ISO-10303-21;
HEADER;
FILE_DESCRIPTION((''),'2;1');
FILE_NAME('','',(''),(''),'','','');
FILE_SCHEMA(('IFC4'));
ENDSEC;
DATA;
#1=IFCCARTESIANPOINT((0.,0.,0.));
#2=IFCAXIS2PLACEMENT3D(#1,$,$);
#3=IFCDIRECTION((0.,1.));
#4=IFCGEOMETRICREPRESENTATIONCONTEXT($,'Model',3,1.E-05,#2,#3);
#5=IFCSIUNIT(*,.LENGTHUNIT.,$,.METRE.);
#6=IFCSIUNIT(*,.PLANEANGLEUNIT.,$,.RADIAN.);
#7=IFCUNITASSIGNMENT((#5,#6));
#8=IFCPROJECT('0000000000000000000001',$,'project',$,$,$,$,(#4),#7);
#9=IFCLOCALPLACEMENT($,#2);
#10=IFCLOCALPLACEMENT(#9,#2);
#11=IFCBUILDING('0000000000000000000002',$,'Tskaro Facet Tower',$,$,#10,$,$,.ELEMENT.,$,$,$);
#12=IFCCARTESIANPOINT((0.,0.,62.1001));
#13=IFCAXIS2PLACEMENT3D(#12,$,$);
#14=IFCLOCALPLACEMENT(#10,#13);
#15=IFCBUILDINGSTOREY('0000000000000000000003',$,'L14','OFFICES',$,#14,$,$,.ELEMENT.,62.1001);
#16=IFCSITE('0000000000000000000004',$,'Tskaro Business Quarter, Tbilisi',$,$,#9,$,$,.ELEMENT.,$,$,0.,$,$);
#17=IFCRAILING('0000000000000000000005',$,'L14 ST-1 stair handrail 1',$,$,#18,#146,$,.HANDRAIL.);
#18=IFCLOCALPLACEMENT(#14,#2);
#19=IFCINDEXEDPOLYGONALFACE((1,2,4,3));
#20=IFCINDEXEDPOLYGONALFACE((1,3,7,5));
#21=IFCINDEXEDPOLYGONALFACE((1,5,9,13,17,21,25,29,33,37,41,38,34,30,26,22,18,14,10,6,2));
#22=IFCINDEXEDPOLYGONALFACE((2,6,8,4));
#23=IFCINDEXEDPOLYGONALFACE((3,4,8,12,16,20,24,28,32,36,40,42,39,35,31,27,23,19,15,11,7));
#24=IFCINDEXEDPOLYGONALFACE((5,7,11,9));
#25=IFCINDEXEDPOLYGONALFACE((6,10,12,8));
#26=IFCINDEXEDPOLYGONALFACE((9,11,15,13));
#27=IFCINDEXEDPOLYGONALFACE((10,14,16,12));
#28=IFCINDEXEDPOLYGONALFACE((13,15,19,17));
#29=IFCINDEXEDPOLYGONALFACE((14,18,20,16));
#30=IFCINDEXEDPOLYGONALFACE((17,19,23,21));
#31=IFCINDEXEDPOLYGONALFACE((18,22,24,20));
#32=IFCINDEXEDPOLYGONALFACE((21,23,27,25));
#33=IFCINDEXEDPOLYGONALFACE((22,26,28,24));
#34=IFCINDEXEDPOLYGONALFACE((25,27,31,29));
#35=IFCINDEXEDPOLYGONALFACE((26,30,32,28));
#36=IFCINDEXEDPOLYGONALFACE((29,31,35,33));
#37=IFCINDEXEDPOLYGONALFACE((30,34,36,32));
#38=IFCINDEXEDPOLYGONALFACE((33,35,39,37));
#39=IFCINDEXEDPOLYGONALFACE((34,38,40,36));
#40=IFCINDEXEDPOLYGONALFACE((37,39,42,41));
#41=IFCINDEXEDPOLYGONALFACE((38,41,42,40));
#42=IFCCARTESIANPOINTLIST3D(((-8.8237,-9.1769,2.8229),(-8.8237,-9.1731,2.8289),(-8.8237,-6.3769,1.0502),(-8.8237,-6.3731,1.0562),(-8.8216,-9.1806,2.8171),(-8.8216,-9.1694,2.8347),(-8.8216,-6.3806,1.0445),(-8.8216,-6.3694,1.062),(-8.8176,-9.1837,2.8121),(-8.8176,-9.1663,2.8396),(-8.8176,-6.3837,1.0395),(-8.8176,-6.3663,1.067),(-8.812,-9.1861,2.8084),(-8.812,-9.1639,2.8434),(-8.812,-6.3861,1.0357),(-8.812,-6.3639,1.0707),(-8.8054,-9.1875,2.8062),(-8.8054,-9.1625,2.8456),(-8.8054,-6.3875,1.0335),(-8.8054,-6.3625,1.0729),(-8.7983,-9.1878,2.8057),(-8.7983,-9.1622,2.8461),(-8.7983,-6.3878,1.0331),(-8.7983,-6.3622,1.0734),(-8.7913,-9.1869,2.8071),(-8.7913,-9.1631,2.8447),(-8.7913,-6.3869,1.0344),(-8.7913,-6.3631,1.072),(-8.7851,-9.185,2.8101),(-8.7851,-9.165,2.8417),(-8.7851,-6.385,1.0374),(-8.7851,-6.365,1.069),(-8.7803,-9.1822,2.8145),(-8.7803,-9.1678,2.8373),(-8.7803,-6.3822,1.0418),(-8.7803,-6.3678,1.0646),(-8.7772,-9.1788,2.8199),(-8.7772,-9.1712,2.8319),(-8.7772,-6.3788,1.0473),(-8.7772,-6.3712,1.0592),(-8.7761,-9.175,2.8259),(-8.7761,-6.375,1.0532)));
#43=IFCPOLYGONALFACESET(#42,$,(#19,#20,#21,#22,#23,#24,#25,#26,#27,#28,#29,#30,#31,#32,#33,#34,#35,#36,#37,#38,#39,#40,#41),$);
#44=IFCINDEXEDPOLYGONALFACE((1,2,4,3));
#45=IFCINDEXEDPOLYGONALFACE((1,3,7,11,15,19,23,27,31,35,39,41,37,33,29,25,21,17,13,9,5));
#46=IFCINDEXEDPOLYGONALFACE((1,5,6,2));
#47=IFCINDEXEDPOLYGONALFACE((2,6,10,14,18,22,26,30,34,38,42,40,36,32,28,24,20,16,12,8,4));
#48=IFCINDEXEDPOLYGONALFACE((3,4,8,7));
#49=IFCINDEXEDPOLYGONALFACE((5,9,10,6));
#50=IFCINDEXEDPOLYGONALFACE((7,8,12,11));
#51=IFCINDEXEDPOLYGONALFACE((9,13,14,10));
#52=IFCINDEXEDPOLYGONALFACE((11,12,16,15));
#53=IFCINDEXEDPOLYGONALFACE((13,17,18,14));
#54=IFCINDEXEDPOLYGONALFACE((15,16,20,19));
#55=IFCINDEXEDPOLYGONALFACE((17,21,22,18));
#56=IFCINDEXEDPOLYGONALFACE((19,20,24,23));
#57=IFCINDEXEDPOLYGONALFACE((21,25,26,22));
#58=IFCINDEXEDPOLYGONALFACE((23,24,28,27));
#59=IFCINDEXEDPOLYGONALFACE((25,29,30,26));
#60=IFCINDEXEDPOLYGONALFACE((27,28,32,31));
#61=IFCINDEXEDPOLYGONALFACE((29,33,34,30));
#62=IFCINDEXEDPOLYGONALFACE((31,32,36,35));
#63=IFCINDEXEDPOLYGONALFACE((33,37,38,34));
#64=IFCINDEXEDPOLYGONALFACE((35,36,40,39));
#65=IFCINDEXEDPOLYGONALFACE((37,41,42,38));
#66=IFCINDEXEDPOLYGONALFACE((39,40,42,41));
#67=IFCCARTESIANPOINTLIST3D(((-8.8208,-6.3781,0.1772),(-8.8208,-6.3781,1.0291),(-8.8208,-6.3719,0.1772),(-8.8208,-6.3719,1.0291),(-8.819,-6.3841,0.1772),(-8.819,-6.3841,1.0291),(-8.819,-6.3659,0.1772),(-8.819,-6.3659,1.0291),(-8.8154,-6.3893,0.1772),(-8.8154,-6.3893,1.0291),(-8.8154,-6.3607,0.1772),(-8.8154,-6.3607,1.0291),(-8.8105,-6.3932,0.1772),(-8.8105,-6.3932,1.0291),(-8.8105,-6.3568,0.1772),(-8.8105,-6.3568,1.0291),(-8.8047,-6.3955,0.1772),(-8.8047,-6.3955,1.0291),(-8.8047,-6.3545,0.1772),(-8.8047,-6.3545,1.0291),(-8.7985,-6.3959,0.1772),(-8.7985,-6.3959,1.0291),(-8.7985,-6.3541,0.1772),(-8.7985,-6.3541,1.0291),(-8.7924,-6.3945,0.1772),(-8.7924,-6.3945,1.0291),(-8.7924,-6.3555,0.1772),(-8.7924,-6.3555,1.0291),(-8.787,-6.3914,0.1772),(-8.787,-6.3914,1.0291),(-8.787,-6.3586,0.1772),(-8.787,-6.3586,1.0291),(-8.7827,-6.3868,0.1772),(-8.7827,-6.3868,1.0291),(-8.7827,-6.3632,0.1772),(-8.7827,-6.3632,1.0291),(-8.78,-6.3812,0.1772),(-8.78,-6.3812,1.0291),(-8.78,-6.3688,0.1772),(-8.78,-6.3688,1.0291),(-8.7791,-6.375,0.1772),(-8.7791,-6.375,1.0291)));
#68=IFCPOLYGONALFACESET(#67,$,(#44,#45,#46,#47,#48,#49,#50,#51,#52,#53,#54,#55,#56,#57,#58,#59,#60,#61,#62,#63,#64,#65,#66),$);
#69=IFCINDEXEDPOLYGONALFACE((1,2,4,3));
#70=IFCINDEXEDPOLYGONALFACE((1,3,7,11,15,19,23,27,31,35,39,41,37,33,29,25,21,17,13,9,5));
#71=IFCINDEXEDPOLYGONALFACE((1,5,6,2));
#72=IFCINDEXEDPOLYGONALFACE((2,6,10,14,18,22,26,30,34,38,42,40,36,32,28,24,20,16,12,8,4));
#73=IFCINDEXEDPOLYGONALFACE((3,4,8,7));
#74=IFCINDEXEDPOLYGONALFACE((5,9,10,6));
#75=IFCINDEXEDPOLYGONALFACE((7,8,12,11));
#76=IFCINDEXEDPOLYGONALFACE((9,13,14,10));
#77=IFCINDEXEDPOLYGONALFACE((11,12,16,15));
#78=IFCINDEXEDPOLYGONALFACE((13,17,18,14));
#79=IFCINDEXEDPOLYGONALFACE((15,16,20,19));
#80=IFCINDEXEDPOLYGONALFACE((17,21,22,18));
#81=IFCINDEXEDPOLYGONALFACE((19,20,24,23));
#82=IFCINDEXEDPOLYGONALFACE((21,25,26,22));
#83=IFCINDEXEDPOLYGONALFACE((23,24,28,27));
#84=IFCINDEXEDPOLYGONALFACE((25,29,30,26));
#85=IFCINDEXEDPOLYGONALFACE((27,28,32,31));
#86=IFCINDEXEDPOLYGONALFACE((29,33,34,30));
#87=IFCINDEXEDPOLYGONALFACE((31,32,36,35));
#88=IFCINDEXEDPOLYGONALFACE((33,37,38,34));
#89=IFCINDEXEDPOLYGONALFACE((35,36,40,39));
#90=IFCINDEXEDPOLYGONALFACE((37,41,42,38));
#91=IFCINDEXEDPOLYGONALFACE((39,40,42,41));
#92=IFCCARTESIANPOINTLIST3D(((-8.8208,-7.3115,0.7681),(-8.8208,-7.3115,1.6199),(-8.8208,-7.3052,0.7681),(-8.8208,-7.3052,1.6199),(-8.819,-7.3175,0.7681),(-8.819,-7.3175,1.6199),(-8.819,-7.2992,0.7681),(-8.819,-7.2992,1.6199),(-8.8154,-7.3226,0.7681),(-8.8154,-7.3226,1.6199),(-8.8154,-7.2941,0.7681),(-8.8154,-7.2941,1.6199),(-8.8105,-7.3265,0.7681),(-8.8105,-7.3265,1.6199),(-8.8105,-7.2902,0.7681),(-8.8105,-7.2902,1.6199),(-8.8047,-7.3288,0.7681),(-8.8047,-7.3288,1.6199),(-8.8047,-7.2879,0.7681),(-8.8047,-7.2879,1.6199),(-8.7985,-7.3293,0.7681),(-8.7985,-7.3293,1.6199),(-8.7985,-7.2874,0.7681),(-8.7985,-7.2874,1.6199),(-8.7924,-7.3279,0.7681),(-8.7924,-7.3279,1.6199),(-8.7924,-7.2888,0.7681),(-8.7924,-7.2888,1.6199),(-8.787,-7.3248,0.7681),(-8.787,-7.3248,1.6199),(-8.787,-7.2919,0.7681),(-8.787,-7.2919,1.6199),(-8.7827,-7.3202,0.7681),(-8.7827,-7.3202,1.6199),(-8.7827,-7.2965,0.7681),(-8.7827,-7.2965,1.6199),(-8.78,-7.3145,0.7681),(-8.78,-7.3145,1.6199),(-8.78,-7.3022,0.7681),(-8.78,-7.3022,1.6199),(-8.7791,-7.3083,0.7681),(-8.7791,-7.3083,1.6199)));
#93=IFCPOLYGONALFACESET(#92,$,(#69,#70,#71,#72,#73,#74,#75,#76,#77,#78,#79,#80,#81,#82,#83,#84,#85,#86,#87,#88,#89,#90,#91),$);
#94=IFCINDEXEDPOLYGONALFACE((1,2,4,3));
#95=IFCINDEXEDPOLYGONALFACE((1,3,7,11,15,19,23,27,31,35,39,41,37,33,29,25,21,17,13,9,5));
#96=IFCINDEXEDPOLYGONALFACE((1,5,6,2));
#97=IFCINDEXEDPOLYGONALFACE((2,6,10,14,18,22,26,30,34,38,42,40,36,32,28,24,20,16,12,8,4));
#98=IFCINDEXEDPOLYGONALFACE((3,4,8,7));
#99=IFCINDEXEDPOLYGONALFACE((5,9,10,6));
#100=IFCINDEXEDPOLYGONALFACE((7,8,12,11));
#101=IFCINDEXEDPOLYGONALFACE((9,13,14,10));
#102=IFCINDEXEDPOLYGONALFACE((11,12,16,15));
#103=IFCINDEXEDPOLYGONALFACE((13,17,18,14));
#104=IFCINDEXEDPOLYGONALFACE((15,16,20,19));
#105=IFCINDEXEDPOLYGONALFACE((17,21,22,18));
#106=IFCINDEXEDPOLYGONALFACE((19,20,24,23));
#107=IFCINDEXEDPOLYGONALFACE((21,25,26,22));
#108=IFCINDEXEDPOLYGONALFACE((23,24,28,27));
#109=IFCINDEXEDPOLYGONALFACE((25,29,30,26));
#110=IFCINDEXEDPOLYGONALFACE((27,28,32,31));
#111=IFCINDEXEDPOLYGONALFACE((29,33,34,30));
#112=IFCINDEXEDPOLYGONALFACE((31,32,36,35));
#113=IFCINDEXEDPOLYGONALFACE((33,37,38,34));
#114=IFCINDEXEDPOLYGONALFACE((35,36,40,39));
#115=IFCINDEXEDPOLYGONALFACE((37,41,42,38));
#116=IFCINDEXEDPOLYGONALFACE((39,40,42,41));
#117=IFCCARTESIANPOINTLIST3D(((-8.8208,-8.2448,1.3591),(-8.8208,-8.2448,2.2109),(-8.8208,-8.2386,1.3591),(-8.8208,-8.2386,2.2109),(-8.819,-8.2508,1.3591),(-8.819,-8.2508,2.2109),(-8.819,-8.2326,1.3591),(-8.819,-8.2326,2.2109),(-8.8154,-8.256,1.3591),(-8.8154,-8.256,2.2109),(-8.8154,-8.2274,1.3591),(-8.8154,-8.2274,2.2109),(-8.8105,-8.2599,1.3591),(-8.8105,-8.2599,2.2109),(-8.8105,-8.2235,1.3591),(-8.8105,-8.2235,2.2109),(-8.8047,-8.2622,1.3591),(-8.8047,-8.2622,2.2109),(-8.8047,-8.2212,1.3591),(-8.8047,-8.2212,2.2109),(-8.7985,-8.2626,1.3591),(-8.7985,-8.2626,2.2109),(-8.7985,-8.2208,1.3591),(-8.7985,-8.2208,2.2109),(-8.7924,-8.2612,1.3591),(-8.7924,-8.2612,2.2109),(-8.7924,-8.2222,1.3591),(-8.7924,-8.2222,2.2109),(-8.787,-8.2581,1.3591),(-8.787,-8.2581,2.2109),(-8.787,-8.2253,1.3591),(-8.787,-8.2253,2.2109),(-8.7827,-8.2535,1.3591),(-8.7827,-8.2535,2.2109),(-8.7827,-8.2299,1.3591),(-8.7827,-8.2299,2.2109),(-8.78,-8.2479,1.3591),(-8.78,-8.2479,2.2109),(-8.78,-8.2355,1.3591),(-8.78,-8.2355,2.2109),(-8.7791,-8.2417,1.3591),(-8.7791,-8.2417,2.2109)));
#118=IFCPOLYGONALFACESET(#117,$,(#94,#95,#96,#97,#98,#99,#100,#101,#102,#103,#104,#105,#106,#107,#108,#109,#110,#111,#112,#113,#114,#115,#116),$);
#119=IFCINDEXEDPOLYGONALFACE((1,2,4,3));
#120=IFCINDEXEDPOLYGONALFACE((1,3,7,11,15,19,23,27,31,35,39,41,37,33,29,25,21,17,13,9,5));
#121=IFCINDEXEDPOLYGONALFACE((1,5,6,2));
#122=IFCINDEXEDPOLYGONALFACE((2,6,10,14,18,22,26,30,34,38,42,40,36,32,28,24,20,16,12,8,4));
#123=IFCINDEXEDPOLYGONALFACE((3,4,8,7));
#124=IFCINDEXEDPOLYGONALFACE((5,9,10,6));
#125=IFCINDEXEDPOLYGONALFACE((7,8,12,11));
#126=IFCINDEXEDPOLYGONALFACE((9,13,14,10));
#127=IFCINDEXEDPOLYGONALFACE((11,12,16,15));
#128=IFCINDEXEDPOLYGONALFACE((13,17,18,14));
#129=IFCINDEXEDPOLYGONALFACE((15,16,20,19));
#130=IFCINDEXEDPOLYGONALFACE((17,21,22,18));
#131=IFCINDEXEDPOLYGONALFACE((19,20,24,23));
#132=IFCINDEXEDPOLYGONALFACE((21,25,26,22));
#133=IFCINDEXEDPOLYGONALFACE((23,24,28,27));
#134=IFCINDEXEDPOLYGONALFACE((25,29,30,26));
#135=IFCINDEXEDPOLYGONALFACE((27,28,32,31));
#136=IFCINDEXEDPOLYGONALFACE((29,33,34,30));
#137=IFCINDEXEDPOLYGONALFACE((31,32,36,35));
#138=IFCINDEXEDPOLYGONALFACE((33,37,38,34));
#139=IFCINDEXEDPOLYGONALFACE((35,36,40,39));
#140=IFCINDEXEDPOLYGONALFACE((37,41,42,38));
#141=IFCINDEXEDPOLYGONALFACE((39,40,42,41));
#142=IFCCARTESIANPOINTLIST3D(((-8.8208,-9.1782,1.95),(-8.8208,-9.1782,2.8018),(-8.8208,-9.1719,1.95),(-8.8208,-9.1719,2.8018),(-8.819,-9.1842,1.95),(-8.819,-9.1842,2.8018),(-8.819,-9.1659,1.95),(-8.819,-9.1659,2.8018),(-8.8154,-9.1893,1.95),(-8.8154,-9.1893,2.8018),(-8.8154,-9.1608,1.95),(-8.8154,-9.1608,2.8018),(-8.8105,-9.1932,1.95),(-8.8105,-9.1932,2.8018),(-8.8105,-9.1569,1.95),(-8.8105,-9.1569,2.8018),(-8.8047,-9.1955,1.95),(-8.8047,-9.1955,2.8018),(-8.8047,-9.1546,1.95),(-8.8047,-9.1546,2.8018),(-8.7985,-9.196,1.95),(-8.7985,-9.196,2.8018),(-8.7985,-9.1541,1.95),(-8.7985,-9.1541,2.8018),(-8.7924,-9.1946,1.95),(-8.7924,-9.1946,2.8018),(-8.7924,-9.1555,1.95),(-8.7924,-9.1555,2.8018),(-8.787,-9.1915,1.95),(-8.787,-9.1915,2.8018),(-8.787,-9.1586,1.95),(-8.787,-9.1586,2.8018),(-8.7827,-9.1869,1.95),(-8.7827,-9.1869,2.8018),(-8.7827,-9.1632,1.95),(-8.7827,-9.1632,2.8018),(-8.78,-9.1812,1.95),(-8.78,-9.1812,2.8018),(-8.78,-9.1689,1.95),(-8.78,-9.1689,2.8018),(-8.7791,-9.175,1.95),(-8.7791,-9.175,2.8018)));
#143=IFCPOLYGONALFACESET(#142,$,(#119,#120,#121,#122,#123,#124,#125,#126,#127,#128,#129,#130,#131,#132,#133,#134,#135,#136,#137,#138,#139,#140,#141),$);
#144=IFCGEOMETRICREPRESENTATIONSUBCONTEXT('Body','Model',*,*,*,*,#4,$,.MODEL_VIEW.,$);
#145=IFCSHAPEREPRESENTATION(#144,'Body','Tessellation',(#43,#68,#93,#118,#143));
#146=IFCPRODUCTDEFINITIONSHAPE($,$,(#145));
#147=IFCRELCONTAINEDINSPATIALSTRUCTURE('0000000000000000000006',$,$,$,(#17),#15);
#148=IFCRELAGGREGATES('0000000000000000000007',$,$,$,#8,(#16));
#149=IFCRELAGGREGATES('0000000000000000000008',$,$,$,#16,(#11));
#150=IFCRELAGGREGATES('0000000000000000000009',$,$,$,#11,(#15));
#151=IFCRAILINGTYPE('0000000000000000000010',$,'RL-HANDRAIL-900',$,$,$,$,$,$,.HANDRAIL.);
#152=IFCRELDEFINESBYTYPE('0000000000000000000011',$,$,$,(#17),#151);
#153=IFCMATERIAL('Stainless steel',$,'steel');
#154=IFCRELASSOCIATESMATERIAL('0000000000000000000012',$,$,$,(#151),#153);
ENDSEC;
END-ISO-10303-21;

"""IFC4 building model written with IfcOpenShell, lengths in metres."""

from ifc_helpers import new_model, si_unit, direction, frame, origin, origin_2d, place, context, subcontext, project, spatial, circle, extrude, material, type_object, element, save


model = new_model("IFC4")

# Units and contexts
model_context = context("Model", 3, precision=1e-05, world=origin(), true_north=direction((0.0, 1.0)))
body_context = subcontext(model_context, "Body", "Model", "MODEL_VIEW")
ifc_project = project(units=[si_unit("LENGTHUNIT", "METRE"), si_unit("PLANEANGLEUNIT", "RADIAN")], contexts=[model_context])

# Site, building, storey
site_placement = place(None, origin())
site = spatial("IfcSite", under=ifc_project, at=site_placement, Name="Tskaro Business Quarter, Tbilisi", CompositionType="ELEMENT", RefElevation=0.0)
building_placement = place(site_placement, origin())
building = spatial("IfcBuilding", under=site, at=building_placement, Name="Tskaro Facet Tower", CompositionType="ELEMENT")
storey_placement = place(building_placement, frame((0.0, 0.0, 62.1001)))
storey = spatial("IfcBuildingStorey", under=building, at=storey_placement, Name="L14", Description="OFFICES", CompositionType="ELEMENT", Elevation=62.1001)

# Shared definitions
ifc_material_1 = material(Name="Stainless steel", Category="steel")

# Railing
railing_type_1 = type_object("IfcRailingType", Name="RL-HANDRAIL-900", PredefinedType="HANDRAIL", material=ifc_material_1)
railing_1_placement = place(storey_placement, frame((-8.8, -6.375, 0.1772)))
element("IfcRailing", 1, at=railing_1_placement, inside=storey, type_object=railing_type_1, Name="L14 ST-1 stair handrail 1", PredefinedType="HANDRAIL", context=body_context, shape_type="SweptSolid", body=[
    extrude(circle(Radius=0.0239, at=origin_2d()), frame((0.0, 0.0, 0.876), z_axis=(0.0, -0.844909, 0.53491), x_axis=(1.0, 0.0, 0.0)), (0.0, 0.0, 1.0), 3.314),
    extrude(circle(Radius=0.021, at=origin_2d()), origin(), (0.0, 0.0, 1.0), 0.8518),
    extrude(circle(Radius=0.021, at=origin_2d()), frame((0.0, -0.9333, 0.5908)), (0.0, 0.0, 1.0), 0.8518),
    extrude(circle(Radius=0.021, at=origin_2d()), frame((0.0, -1.8667, 1.1819)), (0.0, 0.0, 1.0), 0.8518),
    extrude(circle(Radius=0.021, at=origin_2d()), frame((0.0, -2.8, 1.7727)), (0.0, 0.0, 1.0), 0.8518),
])

save(model, "model.ifc")
